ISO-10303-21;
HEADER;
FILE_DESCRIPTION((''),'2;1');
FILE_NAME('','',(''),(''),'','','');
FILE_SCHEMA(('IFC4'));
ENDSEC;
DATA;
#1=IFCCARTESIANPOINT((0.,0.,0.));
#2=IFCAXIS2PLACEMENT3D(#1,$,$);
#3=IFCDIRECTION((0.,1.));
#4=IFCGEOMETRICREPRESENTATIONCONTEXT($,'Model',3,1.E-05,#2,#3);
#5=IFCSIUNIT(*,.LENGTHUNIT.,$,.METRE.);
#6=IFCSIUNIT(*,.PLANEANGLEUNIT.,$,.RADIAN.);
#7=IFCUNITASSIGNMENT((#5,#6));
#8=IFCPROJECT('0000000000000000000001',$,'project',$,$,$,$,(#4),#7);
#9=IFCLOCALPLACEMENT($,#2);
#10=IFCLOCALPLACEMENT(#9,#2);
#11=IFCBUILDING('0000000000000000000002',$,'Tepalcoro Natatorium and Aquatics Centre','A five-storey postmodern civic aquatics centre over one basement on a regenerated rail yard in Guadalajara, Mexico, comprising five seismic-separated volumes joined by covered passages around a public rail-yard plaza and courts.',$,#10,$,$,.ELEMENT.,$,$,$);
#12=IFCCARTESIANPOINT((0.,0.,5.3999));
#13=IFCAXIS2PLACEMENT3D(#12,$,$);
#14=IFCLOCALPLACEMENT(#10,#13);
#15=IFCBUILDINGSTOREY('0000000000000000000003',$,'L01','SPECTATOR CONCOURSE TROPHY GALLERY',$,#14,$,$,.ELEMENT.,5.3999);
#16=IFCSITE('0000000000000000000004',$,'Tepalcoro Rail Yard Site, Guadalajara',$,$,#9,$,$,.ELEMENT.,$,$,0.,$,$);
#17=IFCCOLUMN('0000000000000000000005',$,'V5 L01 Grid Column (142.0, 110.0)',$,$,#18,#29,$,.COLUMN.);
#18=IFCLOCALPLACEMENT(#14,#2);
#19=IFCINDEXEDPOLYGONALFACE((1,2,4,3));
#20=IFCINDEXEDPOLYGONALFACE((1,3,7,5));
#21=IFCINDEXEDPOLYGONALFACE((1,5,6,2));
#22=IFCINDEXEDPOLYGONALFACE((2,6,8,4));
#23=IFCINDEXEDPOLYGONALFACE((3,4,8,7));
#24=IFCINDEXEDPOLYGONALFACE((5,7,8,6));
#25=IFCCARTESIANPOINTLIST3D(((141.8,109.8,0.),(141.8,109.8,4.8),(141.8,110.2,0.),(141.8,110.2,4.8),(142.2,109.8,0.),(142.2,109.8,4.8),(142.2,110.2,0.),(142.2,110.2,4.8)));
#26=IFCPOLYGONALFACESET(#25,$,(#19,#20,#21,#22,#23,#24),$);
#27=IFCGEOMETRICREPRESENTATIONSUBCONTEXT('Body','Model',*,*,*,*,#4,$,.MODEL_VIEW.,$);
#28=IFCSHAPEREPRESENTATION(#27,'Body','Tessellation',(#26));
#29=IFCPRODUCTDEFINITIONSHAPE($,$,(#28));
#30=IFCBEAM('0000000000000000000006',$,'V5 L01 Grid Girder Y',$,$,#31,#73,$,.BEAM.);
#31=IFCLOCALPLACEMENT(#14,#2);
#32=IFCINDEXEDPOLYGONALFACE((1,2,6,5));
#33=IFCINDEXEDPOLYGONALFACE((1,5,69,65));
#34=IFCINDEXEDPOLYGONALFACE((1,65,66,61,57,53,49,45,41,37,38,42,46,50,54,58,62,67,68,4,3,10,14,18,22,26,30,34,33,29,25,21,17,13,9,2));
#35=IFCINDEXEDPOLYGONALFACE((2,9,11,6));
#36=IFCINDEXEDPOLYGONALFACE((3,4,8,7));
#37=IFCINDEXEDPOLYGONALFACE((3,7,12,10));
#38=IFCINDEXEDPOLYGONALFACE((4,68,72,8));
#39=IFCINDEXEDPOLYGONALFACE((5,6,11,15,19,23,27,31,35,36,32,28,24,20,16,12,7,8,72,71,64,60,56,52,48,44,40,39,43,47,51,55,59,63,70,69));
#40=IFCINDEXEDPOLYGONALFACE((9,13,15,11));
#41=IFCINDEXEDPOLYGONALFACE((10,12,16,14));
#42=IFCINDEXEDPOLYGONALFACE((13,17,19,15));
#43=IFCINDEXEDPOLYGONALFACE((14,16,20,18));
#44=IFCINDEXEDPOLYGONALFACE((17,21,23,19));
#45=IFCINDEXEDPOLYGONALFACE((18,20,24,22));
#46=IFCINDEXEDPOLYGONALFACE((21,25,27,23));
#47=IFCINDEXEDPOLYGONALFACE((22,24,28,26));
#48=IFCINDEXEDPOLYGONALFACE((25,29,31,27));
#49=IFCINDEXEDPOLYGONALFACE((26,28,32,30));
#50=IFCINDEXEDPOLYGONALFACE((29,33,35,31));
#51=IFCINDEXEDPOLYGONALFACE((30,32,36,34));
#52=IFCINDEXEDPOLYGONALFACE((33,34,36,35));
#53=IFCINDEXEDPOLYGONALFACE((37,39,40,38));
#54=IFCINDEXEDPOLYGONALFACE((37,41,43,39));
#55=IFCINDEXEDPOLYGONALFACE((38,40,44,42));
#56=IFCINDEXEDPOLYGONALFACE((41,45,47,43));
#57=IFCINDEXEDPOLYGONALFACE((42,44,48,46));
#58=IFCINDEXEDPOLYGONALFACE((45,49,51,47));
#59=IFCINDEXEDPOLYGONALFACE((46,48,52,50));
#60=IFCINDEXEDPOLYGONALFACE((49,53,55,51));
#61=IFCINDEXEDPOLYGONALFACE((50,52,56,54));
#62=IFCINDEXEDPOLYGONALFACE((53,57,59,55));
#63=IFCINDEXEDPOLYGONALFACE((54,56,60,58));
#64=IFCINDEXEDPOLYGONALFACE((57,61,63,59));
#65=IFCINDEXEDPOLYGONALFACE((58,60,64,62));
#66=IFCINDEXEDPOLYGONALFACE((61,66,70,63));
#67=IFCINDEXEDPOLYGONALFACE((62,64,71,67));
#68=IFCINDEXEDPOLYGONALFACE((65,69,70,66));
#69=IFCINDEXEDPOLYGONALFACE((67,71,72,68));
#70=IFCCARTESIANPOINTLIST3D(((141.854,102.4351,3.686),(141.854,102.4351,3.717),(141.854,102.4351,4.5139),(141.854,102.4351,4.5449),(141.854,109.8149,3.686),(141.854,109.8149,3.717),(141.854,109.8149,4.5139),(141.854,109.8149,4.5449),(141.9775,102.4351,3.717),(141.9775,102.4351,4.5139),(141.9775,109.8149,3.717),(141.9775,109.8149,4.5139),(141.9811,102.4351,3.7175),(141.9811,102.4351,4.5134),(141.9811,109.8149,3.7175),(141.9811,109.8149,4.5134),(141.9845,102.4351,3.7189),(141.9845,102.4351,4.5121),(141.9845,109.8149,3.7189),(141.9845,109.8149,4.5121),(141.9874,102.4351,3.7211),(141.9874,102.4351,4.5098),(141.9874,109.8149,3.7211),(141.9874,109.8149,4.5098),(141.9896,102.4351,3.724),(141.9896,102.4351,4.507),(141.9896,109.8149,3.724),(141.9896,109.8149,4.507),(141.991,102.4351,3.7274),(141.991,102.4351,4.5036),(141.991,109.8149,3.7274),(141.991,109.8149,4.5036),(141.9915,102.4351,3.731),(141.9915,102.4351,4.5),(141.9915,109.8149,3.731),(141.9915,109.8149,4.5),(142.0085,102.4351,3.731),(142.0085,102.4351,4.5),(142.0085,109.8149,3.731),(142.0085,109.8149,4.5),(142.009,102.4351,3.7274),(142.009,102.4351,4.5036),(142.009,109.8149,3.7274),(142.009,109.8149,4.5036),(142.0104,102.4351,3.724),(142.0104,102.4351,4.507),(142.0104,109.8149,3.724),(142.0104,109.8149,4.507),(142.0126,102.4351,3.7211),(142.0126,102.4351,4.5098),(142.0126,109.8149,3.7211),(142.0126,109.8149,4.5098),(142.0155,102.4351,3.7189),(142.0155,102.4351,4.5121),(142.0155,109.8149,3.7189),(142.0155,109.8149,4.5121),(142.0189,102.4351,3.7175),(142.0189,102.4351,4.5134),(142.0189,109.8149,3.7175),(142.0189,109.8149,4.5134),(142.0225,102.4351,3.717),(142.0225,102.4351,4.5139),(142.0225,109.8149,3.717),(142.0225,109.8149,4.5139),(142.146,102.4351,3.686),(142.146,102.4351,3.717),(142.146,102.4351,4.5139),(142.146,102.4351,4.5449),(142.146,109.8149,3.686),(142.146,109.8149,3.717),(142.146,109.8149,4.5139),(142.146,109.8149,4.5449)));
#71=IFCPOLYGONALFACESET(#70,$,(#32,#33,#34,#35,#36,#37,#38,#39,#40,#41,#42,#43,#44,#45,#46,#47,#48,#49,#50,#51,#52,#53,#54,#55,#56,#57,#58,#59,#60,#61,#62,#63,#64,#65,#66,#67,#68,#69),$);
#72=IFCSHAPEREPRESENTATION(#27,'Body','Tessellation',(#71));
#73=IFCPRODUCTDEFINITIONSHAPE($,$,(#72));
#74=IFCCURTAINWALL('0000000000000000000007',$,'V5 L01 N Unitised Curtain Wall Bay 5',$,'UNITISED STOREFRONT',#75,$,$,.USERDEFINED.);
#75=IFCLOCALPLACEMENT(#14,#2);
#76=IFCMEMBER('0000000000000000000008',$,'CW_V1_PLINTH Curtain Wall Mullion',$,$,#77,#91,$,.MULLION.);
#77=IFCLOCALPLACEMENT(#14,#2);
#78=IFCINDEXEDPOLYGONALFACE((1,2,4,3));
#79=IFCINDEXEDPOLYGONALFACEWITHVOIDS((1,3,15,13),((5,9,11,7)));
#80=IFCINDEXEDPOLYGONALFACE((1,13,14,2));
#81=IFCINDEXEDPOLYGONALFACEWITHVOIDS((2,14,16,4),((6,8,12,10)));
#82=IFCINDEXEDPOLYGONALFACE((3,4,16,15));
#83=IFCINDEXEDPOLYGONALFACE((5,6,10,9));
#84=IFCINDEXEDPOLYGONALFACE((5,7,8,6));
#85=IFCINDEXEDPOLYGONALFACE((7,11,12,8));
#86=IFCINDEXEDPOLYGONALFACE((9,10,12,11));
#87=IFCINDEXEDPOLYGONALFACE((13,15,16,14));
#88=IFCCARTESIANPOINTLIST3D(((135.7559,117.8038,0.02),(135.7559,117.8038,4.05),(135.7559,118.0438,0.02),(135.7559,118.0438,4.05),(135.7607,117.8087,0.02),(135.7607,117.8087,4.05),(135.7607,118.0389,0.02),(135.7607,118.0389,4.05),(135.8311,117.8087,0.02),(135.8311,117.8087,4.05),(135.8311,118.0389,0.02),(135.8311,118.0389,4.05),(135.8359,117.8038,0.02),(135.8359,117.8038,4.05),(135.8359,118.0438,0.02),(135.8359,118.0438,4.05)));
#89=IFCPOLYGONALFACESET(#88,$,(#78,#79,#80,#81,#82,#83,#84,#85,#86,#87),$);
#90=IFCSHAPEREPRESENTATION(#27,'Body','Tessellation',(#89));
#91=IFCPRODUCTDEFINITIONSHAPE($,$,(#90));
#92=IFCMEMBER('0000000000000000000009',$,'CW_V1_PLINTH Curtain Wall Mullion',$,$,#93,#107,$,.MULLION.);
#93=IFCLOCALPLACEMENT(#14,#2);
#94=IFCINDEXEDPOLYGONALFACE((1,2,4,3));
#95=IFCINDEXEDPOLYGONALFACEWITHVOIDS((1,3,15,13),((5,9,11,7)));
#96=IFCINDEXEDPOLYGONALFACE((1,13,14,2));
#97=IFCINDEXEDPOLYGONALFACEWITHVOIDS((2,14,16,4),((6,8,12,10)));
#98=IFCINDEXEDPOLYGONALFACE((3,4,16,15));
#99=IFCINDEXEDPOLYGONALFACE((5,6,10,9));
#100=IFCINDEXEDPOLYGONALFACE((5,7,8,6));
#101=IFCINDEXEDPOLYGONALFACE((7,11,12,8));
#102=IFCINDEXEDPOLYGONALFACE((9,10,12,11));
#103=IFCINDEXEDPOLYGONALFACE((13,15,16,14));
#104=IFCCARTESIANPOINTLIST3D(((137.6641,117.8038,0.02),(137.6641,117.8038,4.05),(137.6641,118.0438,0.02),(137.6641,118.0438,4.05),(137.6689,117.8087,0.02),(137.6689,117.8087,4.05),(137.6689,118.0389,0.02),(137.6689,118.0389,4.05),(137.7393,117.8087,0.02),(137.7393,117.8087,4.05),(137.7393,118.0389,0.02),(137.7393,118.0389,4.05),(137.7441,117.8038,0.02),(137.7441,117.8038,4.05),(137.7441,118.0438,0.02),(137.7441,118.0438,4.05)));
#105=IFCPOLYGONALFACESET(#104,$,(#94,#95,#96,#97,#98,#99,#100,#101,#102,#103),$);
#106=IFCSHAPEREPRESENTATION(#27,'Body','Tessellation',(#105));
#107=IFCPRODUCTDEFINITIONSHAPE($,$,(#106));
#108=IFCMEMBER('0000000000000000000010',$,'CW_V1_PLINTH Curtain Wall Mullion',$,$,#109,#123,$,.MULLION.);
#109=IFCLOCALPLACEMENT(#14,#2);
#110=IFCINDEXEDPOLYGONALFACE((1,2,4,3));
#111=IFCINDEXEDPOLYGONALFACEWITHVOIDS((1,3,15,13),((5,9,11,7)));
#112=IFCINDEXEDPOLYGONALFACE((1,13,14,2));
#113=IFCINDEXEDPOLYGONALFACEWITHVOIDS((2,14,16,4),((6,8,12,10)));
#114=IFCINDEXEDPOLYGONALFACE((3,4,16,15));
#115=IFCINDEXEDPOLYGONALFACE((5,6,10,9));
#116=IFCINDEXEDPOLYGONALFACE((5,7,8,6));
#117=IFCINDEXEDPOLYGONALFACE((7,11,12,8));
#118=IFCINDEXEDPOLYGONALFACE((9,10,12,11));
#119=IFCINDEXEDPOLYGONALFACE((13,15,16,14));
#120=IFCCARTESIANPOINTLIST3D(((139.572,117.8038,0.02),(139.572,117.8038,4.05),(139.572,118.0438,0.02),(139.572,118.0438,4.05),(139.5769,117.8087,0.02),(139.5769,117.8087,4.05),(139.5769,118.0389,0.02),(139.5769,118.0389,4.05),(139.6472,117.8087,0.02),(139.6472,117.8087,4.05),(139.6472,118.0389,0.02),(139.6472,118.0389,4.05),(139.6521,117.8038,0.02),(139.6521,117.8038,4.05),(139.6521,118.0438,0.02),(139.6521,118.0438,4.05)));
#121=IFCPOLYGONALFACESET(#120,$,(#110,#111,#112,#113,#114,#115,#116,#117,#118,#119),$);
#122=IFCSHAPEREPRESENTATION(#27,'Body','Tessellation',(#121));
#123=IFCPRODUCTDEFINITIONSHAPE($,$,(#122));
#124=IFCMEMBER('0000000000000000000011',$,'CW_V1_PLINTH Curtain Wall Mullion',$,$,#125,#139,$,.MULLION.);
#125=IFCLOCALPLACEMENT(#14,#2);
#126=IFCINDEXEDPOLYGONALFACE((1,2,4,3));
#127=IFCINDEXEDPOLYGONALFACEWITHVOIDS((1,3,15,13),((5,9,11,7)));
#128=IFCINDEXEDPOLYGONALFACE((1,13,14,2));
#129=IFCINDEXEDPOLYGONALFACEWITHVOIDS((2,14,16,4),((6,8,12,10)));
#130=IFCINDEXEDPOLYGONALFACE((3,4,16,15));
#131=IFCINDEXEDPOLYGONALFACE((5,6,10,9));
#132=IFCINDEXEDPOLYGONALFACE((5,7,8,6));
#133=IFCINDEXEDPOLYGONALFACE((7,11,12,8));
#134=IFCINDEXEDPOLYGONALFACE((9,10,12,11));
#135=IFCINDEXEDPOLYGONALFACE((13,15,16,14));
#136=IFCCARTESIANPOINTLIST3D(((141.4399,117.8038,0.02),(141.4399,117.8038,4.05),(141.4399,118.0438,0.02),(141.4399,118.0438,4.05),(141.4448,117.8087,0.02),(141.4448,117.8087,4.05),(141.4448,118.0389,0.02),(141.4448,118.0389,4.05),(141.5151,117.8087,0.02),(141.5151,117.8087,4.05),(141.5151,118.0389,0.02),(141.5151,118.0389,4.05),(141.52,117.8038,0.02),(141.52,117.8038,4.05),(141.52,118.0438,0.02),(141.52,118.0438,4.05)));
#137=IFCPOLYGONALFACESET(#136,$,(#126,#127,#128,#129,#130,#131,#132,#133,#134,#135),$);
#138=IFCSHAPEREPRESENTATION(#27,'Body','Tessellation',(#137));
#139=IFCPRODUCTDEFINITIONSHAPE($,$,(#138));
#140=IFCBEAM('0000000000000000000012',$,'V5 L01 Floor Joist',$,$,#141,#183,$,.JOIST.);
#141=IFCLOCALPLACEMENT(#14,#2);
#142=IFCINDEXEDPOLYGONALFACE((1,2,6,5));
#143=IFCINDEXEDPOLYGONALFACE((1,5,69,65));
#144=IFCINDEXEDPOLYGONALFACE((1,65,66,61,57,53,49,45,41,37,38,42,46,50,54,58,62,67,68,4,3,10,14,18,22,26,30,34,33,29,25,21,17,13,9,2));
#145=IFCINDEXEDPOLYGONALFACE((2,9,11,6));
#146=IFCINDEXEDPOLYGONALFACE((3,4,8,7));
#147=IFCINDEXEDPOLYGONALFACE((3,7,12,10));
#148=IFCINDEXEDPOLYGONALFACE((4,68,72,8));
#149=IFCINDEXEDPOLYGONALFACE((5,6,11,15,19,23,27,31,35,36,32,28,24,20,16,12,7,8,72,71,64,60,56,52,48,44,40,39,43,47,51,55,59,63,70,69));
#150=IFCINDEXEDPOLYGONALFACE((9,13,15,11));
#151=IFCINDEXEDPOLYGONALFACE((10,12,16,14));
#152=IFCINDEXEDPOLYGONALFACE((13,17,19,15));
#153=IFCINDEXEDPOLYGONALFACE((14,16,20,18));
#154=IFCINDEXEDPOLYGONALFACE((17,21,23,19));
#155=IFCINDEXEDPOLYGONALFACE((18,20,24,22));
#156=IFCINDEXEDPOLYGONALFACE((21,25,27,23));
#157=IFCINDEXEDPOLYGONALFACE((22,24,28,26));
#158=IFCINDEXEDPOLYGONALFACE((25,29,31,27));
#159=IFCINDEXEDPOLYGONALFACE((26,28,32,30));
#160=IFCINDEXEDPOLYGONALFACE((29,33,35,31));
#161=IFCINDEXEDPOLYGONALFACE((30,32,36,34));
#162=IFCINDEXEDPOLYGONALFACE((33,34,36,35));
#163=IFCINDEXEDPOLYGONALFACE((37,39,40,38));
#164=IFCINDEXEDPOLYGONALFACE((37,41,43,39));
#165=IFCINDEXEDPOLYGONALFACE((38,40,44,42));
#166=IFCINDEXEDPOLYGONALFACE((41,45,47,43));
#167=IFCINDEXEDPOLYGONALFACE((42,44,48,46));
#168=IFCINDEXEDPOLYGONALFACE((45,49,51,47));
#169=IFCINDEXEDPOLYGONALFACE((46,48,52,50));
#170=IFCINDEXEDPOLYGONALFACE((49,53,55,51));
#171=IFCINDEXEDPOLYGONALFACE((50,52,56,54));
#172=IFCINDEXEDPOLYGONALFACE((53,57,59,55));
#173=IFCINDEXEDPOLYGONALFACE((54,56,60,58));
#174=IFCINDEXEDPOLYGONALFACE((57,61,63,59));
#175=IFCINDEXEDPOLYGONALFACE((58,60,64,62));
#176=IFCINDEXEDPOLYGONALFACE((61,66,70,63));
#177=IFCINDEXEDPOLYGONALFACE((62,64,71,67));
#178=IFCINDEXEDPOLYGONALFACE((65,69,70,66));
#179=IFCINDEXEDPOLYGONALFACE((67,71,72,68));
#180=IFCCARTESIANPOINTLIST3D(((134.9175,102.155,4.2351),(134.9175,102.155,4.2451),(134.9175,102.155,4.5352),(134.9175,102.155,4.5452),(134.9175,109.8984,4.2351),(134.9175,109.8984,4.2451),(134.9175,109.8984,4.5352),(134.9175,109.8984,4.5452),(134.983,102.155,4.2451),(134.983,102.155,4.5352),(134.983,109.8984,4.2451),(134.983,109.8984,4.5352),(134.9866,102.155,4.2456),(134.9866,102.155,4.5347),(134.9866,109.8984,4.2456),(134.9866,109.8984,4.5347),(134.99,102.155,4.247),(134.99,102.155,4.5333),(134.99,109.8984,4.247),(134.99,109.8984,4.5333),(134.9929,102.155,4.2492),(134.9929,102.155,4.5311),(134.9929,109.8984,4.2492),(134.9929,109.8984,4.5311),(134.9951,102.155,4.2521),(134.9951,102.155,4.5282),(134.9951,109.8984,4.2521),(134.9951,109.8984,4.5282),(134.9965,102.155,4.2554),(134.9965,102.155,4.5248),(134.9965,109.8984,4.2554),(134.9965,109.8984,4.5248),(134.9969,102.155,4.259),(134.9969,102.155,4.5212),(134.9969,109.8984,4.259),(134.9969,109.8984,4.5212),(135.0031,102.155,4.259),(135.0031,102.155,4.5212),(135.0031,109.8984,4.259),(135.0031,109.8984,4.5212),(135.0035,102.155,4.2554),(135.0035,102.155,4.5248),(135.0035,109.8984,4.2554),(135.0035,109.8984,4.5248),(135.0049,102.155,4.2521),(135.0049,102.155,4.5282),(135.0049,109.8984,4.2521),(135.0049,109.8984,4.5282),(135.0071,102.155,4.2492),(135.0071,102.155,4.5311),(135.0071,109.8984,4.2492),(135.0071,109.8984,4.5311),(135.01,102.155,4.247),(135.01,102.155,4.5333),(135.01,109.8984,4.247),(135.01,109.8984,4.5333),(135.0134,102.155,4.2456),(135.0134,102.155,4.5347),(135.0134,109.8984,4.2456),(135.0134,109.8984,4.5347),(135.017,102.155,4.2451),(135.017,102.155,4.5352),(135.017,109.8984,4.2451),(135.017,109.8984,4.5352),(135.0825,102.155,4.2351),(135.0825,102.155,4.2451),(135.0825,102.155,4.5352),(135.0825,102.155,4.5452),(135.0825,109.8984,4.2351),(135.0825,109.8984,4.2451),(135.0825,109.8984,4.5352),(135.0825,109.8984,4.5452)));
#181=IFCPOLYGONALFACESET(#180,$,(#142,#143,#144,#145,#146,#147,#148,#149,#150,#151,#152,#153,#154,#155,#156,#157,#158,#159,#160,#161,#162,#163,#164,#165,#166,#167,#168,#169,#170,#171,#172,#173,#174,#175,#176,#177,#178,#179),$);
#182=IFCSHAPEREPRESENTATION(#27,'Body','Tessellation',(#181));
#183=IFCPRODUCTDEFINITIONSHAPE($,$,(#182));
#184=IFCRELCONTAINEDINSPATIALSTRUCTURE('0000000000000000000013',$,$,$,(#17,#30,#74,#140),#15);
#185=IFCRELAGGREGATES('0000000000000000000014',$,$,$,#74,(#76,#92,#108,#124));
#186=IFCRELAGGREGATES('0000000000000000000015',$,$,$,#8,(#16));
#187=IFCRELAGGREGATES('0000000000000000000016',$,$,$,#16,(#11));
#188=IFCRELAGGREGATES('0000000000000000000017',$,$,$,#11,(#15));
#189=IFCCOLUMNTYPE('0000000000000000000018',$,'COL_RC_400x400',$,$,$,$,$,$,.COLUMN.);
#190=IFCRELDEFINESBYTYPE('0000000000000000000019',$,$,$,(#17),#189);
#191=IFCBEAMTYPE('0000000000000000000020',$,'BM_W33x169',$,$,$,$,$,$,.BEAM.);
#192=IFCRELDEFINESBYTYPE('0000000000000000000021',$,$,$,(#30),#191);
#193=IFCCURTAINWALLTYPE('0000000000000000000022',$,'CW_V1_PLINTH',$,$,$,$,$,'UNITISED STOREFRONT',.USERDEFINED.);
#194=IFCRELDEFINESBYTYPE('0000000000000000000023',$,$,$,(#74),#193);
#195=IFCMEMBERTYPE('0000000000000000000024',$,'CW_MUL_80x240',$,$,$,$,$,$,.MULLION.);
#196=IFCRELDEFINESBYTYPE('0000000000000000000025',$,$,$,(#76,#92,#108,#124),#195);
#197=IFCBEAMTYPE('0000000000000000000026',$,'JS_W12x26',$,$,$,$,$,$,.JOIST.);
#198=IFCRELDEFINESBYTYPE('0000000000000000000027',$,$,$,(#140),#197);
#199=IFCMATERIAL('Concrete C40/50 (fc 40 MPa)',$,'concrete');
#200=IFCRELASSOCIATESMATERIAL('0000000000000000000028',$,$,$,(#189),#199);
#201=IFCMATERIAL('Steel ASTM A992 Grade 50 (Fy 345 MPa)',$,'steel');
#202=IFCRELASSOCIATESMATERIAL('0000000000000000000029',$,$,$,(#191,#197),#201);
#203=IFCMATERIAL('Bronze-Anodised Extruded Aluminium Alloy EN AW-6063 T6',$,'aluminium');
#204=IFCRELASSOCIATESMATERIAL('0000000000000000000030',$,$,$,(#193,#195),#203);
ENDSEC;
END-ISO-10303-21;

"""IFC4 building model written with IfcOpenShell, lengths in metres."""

from ifc_helpers import new_model, si_unit, direction, frame, origin, origin_2d, place, context, subcontext, project, spatial, rectangle, hollow_rectangle, i_section, extrude, material, material_profile, profile_set, type_object, element, aggregate, save


model = new_model("IFC4")

# Units and contexts
model_context = context("Model", 3, precision=1e-05, world=origin(), true_north=direction((0.0, 1.0)))
body_context = subcontext(model_context, "Body", "Model", "MODEL_VIEW")
ifc_project = project(units=[si_unit("LENGTHUNIT", "METRE"), si_unit("PLANEANGLEUNIT", "RADIAN")], contexts=[model_context])

# Site, building, storey
site_placement = place(None, origin())
site = spatial("IfcSite", under=ifc_project, at=site_placement, Name="Tepalcoro Rail Yard Site, Guadalajara", CompositionType="ELEMENT", RefElevation=0.0)
building_placement = place(site_placement, origin())
building = spatial("IfcBuilding", under=site, at=building_placement, Name="Tepalcoro Natatorium and Aquatics Centre", Description="A five-storey postmodern civic aquatics centre over one basement on a regenerated rail yard in Guadalajara, Mexico, comprising five seismic-separated volumes joined by covered passages around a public rail-yard plaza and courts.", CompositionType="ELEMENT")
storey_placement = place(building_placement, frame((0.0, 0.0, 5.3999)))
storey = spatial("IfcBuildingStorey", under=building, at=storey_placement, Name="L01", Description="SPECTATOR CONCOURSE TROPHY GALLERY", CompositionType="ELEMENT", Elevation=5.3999)

# Column
ifc_material_1 = material(Name="Concrete C40/50 (fc 40 MPa)", Category="concrete")
ifc_material_profile_1 = material_profile(ifc_material_1, rectangle(XDim=0.3999, YDim=0.3999, at=origin_2d()), Name="RC400x400")
ifc_profile_set_1 = profile_set([ifc_material_profile_1], Name="Concrete C40/50 (fc 40 MPa)")
column_type = type_object("IfcColumnType", Name="COL_RC_400x400", PredefinedType="COLUMN", material=ifc_profile_set_1)
column_placement = place(storey_placement, frame((142.0, 110.0, 0.0), z_axis=(0.0, 0.0, 1.0), x_axis=(1.0, 0.0, 0.0)))
element("IfcColumn", 1, at=column_placement, inside=storey, type_object=column_type, Name="V5 L01 Grid Column (142.0, 110.0)", PredefinedType="COLUMN", context=body_context, shape_type="SweptSolid", body=[
    extrude(rectangle(XDim=0.3999, YDim=0.3999, at=origin_2d()), origin(), (0.0, 0.0, 1.0), 4.8),
])

# Beam
ifc_material_2 = material(Name="Steel ASTM A992 Grade 50 (Fy 345 MPa)", Category="steel")
ifc_material_profile_2 = material_profile(ifc_material_2, i_section(OverallWidth=0.292, OverallDepth=0.8589, WebThickness=0.0171, FlangeThickness=0.031, FilletRadius=0.0139, at=origin_2d()), Name="W33X169")
ifc_profile_set_2 = profile_set([ifc_material_profile_2], Name="Steel ASTM A992 Grade 50 (Fy 345 MPa)")
beam_type_1 = type_object("IfcBeamType", Name="BM_W33x169", PredefinedType="BEAM", material=ifc_profile_set_2)
beam_1_placement = place(storey_placement, frame((142.0, 102.4351, 4.1155), z_axis=(0.0, 1.0, 0.0), x_axis=(-1.0, 0.0, 0.0)))
element("IfcBeam", 2, at=beam_1_placement, inside=storey, type_object=beam_type_1, Name="V5 L01 Grid Girder Y", PredefinedType="BEAM", context=body_context, shape_type="SweptSolid", body=[
    extrude(i_section(OverallWidth=0.292, OverallDepth=0.8589, WebThickness=0.0171, FlangeThickness=0.031, FilletRadius=0.0139, at=origin_2d()), origin(), (0.0, 0.0, 1.0), 7.3799),
])

# Curtain wall, members
ifc_material_3 = material(Name="Bronze-Anodised Extruded Aluminium Alloy EN AW-6063 T6", Category="aluminium")
curtain_wall_type = type_object("IfcCurtainWallType", Name="CW_V1_PLINTH", ElementType="UNITISED STOREFRONT", PredefinedType="USERDEFINED", material=ifc_material_3)
curtain_wall_placement = place(storey_placement, origin())
curtain_wall = element("IfcCurtainWall", 3, at=curtain_wall_placement, inside=storey, type_object=curtain_wall_type, Name="V5 L01 N Unitised Curtain Wall Bay 5", ObjectType="UNITISED STOREFRONT", PredefinedType="USERDEFINED")
ifc_material_profile_3 = material_profile(ifc_material_3, hollow_rectangle(XDim=0.0801, YDim=0.24, WallThickness=0.0049, at=origin_2d()), Name="AL80X240X5")
ifc_profile_set_3 = profile_set([ifc_material_profile_3], Name="Bronze-Anodised Extruded Aluminium Alloy EN AW-6063 T6")
member_type = type_object("IfcMemberType", Name="CW_MUL_80x240", PredefinedType="MULLION", material=ifc_profile_set_3)
member_1_placement = place(storey_placement, frame((135.7959, 117.9238, 0.02), z_axis=(0.0, 0.0, 1.0), x_axis=(1.0, 0.0, 0.0)))
member_1 = element("IfcMember", 4, at=member_1_placement, type_object=member_type, Name="CW_V1_PLINTH Curtain Wall Mullion", PredefinedType="MULLION", context=body_context, shape_type="SweptSolid", body=[
    extrude(hollow_rectangle(XDim=0.0801, YDim=0.24, WallThickness=0.0049, at=origin_2d()), origin(), (0.0, 0.0, 1.0), 4.03),
])
member_2_placement = place(storey_placement, frame((137.7041, 117.9238, 0.02), z_axis=(0.0, 0.0, 1.0), x_axis=(1.0, 0.0, 0.0)))
member_2 = element("IfcMember", 5, at=member_2_placement, type_object=member_type, Name="CW_V1_PLINTH Curtain Wall Mullion", PredefinedType="MULLION", context=body_context, shape_type="SweptSolid", body=[
    extrude(hollow_rectangle(XDim=0.0801, YDim=0.24, WallThickness=0.0049, at=origin_2d()), origin(), (0.0, 0.0, 1.0), 4.03),
])
member_3_placement = place(storey_placement, frame((139.6121, 117.9238, 0.02), z_axis=(0.0, 0.0, 1.0), x_axis=(1.0, 0.0, 0.0)))
member_3 = element("IfcMember", 6, at=member_3_placement, type_object=member_type, Name="CW_V1_PLINTH Curtain Wall Mullion", PredefinedType="MULLION", context=body_context, shape_type="SweptSolid", body=[
    extrude(hollow_rectangle(XDim=0.0801, YDim=0.24, WallThickness=0.0049, at=origin_2d()), origin(), (0.0, 0.0, 1.0), 4.03),
])
member_4_placement = place(storey_placement, frame((141.48, 117.9238, 0.02), z_axis=(0.0, 0.0, 1.0), x_axis=(1.0, 0.0, 0.0)))
member_4 = element("IfcMember", 7, at=member_4_placement, type_object=member_type, Name="CW_V1_PLINTH Curtain Wall Mullion", PredefinedType="MULLION", context=body_context, shape_type="SweptSolid", body=[
    extrude(hollow_rectangle(XDim=0.0801, YDim=0.24, WallThickness=0.0049, at=origin_2d()), origin(), (0.0, 0.0, 1.0), 4.03),
])

# Beam
ifc_material_profile_4 = material_profile(ifc_material_2, i_section(OverallWidth=0.165, OverallDepth=0.3101, WebThickness=0.0061, FlangeThickness=0.01, FilletRadius=0.0139, at=origin_2d()), Name="W12X26")
ifc_profile_set_4 = profile_set([ifc_material_profile_4], Name="Steel ASTM A992 Grade 50 (Fy 345 MPa)")
beam_type_2 = type_object("IfcBeamType", Name="JS_W12x26", PredefinedType="JOIST", material=ifc_profile_set_4)
beam_2_placement = place(storey_placement, frame((135.0, 102.155, 4.3901), z_axis=(0.0, 1.0, 0.0), x_axis=(-1.0, 0.0, 0.0)))
element("IfcBeam", 8, at=beam_2_placement, inside=storey, type_object=beam_type_2, Name="V5 L01 Floor Joist", PredefinedType="JOIST", context=body_context, shape_type="SweptSolid", body=[
    extrude(i_section(OverallWidth=0.165, OverallDepth=0.3101, WebThickness=0.0061, FlangeThickness=0.01, FilletRadius=0.0139, at=origin_2d()), origin(), (0.0, 0.0, 1.0), 7.7434),
])

aggregate(curtain_wall, [member_1, member_2, member_3, member_4])

save(model, "model.ifc")
